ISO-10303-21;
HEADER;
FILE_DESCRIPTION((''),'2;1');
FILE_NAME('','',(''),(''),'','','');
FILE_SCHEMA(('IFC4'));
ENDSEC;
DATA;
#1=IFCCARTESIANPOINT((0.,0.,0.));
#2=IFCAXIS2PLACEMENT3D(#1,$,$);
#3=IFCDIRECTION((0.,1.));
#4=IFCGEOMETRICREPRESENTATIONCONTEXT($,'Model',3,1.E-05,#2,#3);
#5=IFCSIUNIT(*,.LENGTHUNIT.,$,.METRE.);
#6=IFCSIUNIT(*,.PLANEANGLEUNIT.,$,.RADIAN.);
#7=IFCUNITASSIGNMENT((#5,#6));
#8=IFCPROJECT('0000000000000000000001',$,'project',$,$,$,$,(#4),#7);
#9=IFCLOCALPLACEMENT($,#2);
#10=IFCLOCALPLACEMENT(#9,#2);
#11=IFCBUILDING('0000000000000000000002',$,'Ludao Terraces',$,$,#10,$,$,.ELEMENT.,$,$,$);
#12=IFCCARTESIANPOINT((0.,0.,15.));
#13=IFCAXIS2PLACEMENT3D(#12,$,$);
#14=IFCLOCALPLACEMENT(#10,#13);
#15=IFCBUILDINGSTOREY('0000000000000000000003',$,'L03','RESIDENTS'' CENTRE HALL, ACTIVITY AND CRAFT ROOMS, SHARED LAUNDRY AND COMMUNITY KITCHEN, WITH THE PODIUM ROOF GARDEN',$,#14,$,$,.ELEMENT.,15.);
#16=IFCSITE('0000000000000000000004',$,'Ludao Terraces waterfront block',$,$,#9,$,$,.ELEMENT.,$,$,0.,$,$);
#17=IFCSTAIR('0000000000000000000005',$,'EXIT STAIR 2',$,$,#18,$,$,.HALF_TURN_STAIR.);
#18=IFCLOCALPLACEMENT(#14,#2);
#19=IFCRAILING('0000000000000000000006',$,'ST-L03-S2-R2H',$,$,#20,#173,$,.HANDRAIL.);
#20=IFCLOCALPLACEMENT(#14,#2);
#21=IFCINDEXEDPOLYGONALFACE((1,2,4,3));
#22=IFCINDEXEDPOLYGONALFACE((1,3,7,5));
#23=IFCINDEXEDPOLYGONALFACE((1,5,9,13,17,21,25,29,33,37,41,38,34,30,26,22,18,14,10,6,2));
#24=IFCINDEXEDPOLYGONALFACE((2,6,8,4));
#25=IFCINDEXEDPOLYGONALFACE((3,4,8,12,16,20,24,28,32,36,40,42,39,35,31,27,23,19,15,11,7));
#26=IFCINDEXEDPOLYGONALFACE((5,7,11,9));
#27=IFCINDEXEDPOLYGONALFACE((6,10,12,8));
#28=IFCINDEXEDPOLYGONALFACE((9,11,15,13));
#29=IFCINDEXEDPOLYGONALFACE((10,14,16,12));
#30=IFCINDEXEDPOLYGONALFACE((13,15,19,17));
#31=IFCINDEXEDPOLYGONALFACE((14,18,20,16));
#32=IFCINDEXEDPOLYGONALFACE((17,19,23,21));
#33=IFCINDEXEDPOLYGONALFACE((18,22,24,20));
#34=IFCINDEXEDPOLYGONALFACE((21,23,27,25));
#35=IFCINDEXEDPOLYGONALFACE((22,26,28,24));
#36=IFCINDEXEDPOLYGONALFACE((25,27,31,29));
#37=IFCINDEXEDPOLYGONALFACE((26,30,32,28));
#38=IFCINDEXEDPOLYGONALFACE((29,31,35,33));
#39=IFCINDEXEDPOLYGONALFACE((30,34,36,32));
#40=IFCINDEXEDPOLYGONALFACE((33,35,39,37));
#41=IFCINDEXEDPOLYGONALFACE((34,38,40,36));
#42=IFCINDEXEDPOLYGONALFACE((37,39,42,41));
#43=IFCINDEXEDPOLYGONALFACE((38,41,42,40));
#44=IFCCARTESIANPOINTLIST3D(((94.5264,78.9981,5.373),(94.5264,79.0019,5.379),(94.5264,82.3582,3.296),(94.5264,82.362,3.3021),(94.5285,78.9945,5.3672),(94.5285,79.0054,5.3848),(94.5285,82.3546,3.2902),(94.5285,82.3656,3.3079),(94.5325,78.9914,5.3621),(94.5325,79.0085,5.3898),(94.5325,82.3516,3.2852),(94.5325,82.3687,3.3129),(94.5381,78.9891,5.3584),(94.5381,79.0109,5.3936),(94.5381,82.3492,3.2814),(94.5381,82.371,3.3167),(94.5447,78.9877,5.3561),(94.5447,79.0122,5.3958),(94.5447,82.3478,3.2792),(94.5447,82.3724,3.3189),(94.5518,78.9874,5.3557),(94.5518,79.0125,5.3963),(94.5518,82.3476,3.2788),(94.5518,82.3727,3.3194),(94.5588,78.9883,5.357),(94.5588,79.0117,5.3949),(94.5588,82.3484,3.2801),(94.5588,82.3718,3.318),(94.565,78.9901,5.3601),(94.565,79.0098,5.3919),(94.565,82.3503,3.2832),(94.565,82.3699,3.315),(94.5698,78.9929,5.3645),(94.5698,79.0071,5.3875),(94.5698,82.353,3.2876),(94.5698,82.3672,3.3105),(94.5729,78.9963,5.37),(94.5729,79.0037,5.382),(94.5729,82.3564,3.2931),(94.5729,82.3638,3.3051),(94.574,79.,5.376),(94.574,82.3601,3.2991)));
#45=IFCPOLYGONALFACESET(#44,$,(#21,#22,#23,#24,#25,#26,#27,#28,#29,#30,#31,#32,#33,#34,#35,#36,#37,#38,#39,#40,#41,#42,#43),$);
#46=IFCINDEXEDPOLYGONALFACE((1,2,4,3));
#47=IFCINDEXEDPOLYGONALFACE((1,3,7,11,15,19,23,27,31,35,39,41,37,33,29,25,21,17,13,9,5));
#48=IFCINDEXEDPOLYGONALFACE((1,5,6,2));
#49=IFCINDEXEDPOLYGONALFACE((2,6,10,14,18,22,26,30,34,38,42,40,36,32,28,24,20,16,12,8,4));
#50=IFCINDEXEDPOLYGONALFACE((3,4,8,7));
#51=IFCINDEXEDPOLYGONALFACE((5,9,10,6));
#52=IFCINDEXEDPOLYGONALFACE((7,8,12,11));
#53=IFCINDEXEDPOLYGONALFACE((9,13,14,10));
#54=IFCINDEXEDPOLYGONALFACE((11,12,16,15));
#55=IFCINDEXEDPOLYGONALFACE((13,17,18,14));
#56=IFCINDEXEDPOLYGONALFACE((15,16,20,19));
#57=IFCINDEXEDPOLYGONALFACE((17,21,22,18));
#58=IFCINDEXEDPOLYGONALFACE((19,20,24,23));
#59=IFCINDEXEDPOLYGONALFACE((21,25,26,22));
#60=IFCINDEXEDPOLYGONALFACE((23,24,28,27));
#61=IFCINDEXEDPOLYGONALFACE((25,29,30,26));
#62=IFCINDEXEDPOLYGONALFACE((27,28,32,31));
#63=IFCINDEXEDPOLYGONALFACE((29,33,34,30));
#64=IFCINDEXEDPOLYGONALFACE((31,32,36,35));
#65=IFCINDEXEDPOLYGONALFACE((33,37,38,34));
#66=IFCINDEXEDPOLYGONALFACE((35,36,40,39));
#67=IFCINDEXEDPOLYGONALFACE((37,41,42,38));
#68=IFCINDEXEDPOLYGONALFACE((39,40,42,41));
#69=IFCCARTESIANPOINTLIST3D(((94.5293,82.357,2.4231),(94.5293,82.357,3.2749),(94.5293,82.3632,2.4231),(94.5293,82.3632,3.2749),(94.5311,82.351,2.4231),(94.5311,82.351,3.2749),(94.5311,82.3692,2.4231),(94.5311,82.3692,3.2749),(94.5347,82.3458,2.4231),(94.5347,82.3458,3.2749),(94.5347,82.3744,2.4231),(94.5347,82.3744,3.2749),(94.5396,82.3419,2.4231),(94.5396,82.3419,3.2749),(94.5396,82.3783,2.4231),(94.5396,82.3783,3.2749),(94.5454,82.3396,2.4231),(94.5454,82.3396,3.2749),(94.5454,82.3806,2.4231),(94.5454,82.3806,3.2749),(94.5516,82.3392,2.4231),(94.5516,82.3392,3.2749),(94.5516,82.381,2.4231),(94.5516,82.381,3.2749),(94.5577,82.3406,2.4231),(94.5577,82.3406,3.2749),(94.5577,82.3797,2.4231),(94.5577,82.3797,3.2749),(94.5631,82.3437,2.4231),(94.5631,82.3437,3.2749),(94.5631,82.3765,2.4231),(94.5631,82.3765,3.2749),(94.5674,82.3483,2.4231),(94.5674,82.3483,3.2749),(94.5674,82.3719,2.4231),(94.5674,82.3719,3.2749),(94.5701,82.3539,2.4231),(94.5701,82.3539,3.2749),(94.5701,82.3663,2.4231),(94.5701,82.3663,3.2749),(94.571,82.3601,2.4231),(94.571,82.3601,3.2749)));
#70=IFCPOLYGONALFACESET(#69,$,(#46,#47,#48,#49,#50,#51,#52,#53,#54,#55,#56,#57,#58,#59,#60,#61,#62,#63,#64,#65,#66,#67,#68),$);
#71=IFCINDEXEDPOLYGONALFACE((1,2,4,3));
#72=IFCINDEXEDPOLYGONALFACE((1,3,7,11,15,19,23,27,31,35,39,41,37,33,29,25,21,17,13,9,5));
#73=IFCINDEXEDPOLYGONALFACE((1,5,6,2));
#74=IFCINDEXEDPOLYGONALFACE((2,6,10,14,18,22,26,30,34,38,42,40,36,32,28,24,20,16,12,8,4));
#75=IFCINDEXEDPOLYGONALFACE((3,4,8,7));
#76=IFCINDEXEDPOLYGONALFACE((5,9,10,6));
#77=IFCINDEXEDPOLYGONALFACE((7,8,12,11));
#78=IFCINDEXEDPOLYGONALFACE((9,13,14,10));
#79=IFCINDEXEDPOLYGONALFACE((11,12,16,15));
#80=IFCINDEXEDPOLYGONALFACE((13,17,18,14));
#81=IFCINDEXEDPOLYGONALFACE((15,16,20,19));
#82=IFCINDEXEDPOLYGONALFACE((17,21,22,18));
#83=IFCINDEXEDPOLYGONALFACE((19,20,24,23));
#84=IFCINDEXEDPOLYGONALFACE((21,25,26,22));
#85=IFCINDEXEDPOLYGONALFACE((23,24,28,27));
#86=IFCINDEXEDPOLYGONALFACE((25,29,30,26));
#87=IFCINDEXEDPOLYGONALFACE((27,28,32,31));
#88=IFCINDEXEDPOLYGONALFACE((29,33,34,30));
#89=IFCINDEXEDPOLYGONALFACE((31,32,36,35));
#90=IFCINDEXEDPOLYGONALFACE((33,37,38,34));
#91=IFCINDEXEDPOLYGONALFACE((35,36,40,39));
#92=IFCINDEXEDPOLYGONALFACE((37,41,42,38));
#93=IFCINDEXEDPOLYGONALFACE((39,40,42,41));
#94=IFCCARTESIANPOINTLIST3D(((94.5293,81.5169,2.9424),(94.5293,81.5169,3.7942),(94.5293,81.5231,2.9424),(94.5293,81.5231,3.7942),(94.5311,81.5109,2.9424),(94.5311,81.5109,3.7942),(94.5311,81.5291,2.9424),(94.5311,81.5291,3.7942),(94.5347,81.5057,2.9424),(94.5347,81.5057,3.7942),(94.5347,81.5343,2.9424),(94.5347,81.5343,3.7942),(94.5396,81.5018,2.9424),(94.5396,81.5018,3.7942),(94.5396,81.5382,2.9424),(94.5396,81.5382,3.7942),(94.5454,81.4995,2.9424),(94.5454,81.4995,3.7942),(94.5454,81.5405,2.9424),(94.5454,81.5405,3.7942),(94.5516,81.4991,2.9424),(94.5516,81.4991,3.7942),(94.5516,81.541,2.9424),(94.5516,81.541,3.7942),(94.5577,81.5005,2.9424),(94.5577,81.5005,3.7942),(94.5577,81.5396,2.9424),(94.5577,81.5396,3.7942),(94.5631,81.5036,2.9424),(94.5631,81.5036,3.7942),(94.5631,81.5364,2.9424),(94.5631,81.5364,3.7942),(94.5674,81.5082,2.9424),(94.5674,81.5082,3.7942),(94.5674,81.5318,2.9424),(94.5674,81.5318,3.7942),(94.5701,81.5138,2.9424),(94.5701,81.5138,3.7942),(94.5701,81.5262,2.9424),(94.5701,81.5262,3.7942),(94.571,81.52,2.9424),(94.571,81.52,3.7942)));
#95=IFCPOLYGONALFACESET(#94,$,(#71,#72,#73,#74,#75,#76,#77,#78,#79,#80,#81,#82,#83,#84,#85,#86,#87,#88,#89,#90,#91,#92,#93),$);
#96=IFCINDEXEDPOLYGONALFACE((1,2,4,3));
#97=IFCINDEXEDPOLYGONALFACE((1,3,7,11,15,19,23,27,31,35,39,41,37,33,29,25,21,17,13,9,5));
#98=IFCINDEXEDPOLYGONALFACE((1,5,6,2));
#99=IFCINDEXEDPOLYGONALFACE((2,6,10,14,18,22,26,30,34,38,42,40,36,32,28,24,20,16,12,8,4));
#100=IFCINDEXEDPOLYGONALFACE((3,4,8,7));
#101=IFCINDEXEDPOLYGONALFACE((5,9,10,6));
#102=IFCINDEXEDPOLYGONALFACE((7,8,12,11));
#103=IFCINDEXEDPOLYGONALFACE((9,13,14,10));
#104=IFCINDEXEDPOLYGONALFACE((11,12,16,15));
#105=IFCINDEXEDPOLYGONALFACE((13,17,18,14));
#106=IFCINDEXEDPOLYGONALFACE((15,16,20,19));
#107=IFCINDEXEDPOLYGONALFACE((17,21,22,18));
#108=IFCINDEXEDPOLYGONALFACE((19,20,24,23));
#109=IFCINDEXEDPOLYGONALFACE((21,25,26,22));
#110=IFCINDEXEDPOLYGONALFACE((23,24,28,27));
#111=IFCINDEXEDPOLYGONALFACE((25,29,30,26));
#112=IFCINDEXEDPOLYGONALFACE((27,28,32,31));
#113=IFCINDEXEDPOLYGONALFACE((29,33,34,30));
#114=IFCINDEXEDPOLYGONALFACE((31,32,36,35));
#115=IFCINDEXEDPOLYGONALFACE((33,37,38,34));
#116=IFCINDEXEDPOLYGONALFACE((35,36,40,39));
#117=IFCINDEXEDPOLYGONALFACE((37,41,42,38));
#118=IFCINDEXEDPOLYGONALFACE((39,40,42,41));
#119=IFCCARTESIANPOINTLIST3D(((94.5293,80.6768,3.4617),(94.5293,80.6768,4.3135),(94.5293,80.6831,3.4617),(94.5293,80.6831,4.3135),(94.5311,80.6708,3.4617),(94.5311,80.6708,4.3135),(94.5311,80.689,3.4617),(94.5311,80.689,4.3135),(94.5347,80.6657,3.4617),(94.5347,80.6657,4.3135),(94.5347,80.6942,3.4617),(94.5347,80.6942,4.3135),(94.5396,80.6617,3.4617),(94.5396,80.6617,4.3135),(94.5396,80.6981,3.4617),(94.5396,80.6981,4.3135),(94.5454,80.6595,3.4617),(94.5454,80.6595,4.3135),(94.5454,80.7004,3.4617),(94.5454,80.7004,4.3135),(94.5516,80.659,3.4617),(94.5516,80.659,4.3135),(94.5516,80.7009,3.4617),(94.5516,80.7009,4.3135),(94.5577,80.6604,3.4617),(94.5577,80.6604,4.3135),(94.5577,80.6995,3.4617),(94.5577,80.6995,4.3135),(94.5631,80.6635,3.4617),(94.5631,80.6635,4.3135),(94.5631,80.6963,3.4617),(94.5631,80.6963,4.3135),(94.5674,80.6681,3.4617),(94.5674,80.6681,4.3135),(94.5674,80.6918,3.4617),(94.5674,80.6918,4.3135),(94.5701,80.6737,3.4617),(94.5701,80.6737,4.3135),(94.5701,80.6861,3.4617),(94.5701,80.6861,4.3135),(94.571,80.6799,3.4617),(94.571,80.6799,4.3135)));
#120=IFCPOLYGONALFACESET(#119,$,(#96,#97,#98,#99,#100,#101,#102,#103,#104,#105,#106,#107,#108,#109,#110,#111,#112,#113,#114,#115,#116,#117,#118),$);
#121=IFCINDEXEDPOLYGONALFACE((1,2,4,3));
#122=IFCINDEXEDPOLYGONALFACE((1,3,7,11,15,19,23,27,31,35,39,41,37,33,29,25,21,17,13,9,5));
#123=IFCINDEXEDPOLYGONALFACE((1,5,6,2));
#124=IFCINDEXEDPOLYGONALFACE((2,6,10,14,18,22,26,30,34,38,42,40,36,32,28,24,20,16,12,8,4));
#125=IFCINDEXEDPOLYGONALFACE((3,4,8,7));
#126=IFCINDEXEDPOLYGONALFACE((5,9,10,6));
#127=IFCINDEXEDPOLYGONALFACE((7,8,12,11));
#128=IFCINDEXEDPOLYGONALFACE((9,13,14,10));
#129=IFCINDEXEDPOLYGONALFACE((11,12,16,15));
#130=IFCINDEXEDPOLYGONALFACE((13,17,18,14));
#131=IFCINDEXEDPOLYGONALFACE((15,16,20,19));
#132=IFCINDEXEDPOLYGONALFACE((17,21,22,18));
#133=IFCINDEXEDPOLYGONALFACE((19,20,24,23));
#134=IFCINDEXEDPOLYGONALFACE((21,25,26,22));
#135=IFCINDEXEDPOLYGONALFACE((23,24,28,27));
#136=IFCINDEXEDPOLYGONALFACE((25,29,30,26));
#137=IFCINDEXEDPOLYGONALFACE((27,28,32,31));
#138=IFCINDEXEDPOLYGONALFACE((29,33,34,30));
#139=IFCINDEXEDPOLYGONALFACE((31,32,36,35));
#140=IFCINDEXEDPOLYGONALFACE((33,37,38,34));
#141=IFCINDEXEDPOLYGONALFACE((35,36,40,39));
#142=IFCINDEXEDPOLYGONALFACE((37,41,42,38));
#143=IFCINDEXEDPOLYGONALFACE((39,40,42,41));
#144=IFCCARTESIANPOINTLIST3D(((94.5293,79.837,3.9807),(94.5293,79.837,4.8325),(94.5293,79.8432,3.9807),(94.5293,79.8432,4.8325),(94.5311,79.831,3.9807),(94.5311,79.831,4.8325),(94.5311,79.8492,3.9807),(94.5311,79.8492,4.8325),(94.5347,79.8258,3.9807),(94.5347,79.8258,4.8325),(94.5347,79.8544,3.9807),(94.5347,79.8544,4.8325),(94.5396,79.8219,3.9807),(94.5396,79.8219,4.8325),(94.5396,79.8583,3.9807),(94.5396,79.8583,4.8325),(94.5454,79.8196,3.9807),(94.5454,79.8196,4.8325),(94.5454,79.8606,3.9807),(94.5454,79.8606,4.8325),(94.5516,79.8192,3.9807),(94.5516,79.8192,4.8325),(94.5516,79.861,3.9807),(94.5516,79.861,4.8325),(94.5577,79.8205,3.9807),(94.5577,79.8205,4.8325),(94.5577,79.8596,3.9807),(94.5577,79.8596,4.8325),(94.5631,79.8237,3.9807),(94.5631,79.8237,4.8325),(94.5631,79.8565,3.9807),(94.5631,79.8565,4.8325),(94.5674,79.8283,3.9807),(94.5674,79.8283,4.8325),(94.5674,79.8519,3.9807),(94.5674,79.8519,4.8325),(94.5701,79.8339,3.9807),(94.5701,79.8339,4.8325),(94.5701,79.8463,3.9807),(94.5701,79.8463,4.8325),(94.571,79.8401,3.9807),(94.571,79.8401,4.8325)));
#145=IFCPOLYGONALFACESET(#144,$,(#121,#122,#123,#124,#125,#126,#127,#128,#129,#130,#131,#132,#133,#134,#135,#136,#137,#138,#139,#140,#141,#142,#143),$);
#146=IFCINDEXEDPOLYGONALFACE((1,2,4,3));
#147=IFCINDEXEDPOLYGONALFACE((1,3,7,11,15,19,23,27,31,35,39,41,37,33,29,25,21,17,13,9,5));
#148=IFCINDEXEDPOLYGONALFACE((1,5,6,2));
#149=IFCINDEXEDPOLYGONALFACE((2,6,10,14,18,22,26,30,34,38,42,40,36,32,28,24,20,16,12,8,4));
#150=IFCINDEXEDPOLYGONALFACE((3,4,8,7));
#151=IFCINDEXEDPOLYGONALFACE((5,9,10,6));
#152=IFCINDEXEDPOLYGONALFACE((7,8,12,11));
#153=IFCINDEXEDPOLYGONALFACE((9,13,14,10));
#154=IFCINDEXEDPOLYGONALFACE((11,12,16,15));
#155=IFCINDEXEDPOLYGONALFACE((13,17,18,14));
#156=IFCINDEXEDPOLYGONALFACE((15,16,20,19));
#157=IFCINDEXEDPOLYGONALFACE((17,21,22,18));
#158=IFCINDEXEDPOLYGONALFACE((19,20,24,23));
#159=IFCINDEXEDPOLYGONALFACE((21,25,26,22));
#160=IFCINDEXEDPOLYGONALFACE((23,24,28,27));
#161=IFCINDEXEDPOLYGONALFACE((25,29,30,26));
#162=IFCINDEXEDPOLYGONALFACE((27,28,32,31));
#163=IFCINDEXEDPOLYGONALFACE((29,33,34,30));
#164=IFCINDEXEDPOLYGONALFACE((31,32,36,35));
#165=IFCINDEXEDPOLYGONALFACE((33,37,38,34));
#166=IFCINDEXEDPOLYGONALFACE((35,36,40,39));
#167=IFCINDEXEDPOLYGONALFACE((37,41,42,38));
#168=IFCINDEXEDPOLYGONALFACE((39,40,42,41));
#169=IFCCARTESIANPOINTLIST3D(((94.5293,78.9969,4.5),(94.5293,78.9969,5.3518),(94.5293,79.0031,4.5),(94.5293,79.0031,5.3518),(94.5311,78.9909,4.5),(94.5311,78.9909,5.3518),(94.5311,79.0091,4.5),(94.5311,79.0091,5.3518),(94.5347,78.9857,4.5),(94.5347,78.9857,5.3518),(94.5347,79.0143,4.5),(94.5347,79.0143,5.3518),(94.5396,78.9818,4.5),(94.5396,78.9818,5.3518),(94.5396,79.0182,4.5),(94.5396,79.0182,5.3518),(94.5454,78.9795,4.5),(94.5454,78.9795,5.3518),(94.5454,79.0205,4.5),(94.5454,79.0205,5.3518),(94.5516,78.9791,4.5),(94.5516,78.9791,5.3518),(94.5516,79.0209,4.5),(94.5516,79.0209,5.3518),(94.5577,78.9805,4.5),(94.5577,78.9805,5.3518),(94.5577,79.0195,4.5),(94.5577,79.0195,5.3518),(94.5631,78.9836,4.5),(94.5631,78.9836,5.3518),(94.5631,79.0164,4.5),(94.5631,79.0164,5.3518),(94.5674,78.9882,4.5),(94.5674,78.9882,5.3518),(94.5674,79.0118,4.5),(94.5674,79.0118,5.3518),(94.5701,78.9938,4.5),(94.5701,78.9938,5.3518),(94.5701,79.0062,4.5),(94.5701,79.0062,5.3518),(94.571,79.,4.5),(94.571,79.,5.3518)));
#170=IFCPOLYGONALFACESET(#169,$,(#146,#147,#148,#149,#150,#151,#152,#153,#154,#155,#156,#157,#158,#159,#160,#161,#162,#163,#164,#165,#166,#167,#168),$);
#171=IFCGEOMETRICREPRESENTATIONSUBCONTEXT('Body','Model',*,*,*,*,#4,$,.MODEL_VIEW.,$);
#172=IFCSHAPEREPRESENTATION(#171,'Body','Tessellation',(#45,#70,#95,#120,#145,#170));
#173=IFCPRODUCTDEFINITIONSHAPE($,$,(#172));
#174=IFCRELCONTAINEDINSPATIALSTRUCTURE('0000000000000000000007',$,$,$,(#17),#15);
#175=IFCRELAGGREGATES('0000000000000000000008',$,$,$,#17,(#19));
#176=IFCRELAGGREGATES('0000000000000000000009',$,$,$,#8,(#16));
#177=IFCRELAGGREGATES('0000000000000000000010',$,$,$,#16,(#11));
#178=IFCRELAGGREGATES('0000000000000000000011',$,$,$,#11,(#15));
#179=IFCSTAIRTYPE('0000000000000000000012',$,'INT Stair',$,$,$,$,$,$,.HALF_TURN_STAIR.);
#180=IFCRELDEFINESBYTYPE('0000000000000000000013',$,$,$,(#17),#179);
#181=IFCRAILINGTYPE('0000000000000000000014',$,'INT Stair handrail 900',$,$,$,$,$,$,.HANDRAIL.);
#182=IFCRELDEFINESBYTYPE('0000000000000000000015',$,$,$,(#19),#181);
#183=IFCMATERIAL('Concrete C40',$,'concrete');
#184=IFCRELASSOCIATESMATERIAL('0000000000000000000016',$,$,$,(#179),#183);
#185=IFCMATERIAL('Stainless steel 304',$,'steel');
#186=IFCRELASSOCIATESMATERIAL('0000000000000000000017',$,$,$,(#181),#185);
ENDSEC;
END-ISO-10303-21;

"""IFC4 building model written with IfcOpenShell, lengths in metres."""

from ifc_helpers import new_model, si_unit, direction, frame, origin, origin_2d, place, context, subcontext, project, spatial, circle, extrude, material, type_object, element, aggregate, save


model = new_model("IFC4")

# Units and contexts
model_context = context("Model", 3, precision=1e-05, world=origin(), true_north=direction((0.0, 1.0)))
body_context = subcontext(model_context, "Body", "Model", "MODEL_VIEW")
ifc_project = project(units=[si_unit("LENGTHUNIT", "METRE"), si_unit("PLANEANGLEUNIT", "RADIAN")], contexts=[model_context])

# Site, building, storey
site_placement = place(None, origin())
site = spatial("IfcSite", under=ifc_project, at=site_placement, Name="Ludao Terraces waterfront block", CompositionType="ELEMENT", RefElevation=0.0)
building_placement = place(site_placement, origin())
building = spatial("IfcBuilding", under=site, at=building_placement, Name="Ludao Terraces", CompositionType="ELEMENT")
storey_placement = place(building_placement, frame((0.0, 0.0, 15.0)))
storey = spatial("IfcBuildingStorey", under=building, at=storey_placement, Name="L03", Description="RESIDENTS' CENTRE HALL, ACTIVITY AND CRAFT ROOMS, SHARED LAUNDRY AND COMMUNITY KITCHEN, WITH THE PODIUM ROOF GARDEN", CompositionType="ELEMENT", Elevation=15.0)

# Stair, railing
ifc_material_1 = material(Name="Concrete C40", Category="concrete")
stair_type = type_object("IfcStairType", Name="INT Stair", PredefinedType="HALF_TURN_STAIR", material=ifc_material_1)
stair_placement = place(storey_placement, origin())
stair = element("IfcStair", 1, at=stair_placement, inside=storey, type_object=stair_type, Name="EXIT STAIR 2", PredefinedType="HALF_TURN_STAIR")
ifc_material_2 = material(Name="Stainless steel 304", Category="steel")
railing_type_1 = type_object("IfcRailingType", Name="INT Stair handrail 900", PredefinedType="HANDRAIL", material=ifc_material_2)
railing_1_placement = place(storey_placement, frame((94.55, 82.3601, 2.4231)))
railing_1 = element("IfcRailing", 2, at=railing_1_placement, type_object=railing_type_1, Name="ST-L03-S2-R2H", PredefinedType="HANDRAIL", context=body_context, shape_type="SweptSolid", body=[
    extrude(circle(Radius=0.0239, at=origin_2d()), frame((0.0, 0.0, 0.876), z_axis=(0.0, -0.850623, 0.525776), x_axis=(1.0, 0.0, 0.0)), (0.0, 0.0, 1.0), 3.9502),
    extrude(circle(Radius=0.021, at=origin_2d()), origin(), (0.0, 0.0, 1.0), 0.8518),
    extrude(circle(Radius=0.021, at=origin_2d()), frame((0.0, -0.8401, 0.5193)), (0.0, 0.0, 1.0), 0.8518),
    extrude(circle(Radius=0.021, at=origin_2d()), frame((0.0, -1.6802, 1.0386)), (0.0, 0.0, 1.0), 0.8518),
    extrude(circle(Radius=0.021, at=origin_2d()), frame((0.0, -2.52, 1.5576)), (0.0, 0.0, 1.0), 0.8518),
    extrude(circle(Radius=0.021, at=origin_2d()), frame((0.0, -3.3601, 2.0769)), (0.0, 0.0, 1.0), 0.8518),
])
aggregate(stair, [railing_1])

save(model, "model.ifc")
